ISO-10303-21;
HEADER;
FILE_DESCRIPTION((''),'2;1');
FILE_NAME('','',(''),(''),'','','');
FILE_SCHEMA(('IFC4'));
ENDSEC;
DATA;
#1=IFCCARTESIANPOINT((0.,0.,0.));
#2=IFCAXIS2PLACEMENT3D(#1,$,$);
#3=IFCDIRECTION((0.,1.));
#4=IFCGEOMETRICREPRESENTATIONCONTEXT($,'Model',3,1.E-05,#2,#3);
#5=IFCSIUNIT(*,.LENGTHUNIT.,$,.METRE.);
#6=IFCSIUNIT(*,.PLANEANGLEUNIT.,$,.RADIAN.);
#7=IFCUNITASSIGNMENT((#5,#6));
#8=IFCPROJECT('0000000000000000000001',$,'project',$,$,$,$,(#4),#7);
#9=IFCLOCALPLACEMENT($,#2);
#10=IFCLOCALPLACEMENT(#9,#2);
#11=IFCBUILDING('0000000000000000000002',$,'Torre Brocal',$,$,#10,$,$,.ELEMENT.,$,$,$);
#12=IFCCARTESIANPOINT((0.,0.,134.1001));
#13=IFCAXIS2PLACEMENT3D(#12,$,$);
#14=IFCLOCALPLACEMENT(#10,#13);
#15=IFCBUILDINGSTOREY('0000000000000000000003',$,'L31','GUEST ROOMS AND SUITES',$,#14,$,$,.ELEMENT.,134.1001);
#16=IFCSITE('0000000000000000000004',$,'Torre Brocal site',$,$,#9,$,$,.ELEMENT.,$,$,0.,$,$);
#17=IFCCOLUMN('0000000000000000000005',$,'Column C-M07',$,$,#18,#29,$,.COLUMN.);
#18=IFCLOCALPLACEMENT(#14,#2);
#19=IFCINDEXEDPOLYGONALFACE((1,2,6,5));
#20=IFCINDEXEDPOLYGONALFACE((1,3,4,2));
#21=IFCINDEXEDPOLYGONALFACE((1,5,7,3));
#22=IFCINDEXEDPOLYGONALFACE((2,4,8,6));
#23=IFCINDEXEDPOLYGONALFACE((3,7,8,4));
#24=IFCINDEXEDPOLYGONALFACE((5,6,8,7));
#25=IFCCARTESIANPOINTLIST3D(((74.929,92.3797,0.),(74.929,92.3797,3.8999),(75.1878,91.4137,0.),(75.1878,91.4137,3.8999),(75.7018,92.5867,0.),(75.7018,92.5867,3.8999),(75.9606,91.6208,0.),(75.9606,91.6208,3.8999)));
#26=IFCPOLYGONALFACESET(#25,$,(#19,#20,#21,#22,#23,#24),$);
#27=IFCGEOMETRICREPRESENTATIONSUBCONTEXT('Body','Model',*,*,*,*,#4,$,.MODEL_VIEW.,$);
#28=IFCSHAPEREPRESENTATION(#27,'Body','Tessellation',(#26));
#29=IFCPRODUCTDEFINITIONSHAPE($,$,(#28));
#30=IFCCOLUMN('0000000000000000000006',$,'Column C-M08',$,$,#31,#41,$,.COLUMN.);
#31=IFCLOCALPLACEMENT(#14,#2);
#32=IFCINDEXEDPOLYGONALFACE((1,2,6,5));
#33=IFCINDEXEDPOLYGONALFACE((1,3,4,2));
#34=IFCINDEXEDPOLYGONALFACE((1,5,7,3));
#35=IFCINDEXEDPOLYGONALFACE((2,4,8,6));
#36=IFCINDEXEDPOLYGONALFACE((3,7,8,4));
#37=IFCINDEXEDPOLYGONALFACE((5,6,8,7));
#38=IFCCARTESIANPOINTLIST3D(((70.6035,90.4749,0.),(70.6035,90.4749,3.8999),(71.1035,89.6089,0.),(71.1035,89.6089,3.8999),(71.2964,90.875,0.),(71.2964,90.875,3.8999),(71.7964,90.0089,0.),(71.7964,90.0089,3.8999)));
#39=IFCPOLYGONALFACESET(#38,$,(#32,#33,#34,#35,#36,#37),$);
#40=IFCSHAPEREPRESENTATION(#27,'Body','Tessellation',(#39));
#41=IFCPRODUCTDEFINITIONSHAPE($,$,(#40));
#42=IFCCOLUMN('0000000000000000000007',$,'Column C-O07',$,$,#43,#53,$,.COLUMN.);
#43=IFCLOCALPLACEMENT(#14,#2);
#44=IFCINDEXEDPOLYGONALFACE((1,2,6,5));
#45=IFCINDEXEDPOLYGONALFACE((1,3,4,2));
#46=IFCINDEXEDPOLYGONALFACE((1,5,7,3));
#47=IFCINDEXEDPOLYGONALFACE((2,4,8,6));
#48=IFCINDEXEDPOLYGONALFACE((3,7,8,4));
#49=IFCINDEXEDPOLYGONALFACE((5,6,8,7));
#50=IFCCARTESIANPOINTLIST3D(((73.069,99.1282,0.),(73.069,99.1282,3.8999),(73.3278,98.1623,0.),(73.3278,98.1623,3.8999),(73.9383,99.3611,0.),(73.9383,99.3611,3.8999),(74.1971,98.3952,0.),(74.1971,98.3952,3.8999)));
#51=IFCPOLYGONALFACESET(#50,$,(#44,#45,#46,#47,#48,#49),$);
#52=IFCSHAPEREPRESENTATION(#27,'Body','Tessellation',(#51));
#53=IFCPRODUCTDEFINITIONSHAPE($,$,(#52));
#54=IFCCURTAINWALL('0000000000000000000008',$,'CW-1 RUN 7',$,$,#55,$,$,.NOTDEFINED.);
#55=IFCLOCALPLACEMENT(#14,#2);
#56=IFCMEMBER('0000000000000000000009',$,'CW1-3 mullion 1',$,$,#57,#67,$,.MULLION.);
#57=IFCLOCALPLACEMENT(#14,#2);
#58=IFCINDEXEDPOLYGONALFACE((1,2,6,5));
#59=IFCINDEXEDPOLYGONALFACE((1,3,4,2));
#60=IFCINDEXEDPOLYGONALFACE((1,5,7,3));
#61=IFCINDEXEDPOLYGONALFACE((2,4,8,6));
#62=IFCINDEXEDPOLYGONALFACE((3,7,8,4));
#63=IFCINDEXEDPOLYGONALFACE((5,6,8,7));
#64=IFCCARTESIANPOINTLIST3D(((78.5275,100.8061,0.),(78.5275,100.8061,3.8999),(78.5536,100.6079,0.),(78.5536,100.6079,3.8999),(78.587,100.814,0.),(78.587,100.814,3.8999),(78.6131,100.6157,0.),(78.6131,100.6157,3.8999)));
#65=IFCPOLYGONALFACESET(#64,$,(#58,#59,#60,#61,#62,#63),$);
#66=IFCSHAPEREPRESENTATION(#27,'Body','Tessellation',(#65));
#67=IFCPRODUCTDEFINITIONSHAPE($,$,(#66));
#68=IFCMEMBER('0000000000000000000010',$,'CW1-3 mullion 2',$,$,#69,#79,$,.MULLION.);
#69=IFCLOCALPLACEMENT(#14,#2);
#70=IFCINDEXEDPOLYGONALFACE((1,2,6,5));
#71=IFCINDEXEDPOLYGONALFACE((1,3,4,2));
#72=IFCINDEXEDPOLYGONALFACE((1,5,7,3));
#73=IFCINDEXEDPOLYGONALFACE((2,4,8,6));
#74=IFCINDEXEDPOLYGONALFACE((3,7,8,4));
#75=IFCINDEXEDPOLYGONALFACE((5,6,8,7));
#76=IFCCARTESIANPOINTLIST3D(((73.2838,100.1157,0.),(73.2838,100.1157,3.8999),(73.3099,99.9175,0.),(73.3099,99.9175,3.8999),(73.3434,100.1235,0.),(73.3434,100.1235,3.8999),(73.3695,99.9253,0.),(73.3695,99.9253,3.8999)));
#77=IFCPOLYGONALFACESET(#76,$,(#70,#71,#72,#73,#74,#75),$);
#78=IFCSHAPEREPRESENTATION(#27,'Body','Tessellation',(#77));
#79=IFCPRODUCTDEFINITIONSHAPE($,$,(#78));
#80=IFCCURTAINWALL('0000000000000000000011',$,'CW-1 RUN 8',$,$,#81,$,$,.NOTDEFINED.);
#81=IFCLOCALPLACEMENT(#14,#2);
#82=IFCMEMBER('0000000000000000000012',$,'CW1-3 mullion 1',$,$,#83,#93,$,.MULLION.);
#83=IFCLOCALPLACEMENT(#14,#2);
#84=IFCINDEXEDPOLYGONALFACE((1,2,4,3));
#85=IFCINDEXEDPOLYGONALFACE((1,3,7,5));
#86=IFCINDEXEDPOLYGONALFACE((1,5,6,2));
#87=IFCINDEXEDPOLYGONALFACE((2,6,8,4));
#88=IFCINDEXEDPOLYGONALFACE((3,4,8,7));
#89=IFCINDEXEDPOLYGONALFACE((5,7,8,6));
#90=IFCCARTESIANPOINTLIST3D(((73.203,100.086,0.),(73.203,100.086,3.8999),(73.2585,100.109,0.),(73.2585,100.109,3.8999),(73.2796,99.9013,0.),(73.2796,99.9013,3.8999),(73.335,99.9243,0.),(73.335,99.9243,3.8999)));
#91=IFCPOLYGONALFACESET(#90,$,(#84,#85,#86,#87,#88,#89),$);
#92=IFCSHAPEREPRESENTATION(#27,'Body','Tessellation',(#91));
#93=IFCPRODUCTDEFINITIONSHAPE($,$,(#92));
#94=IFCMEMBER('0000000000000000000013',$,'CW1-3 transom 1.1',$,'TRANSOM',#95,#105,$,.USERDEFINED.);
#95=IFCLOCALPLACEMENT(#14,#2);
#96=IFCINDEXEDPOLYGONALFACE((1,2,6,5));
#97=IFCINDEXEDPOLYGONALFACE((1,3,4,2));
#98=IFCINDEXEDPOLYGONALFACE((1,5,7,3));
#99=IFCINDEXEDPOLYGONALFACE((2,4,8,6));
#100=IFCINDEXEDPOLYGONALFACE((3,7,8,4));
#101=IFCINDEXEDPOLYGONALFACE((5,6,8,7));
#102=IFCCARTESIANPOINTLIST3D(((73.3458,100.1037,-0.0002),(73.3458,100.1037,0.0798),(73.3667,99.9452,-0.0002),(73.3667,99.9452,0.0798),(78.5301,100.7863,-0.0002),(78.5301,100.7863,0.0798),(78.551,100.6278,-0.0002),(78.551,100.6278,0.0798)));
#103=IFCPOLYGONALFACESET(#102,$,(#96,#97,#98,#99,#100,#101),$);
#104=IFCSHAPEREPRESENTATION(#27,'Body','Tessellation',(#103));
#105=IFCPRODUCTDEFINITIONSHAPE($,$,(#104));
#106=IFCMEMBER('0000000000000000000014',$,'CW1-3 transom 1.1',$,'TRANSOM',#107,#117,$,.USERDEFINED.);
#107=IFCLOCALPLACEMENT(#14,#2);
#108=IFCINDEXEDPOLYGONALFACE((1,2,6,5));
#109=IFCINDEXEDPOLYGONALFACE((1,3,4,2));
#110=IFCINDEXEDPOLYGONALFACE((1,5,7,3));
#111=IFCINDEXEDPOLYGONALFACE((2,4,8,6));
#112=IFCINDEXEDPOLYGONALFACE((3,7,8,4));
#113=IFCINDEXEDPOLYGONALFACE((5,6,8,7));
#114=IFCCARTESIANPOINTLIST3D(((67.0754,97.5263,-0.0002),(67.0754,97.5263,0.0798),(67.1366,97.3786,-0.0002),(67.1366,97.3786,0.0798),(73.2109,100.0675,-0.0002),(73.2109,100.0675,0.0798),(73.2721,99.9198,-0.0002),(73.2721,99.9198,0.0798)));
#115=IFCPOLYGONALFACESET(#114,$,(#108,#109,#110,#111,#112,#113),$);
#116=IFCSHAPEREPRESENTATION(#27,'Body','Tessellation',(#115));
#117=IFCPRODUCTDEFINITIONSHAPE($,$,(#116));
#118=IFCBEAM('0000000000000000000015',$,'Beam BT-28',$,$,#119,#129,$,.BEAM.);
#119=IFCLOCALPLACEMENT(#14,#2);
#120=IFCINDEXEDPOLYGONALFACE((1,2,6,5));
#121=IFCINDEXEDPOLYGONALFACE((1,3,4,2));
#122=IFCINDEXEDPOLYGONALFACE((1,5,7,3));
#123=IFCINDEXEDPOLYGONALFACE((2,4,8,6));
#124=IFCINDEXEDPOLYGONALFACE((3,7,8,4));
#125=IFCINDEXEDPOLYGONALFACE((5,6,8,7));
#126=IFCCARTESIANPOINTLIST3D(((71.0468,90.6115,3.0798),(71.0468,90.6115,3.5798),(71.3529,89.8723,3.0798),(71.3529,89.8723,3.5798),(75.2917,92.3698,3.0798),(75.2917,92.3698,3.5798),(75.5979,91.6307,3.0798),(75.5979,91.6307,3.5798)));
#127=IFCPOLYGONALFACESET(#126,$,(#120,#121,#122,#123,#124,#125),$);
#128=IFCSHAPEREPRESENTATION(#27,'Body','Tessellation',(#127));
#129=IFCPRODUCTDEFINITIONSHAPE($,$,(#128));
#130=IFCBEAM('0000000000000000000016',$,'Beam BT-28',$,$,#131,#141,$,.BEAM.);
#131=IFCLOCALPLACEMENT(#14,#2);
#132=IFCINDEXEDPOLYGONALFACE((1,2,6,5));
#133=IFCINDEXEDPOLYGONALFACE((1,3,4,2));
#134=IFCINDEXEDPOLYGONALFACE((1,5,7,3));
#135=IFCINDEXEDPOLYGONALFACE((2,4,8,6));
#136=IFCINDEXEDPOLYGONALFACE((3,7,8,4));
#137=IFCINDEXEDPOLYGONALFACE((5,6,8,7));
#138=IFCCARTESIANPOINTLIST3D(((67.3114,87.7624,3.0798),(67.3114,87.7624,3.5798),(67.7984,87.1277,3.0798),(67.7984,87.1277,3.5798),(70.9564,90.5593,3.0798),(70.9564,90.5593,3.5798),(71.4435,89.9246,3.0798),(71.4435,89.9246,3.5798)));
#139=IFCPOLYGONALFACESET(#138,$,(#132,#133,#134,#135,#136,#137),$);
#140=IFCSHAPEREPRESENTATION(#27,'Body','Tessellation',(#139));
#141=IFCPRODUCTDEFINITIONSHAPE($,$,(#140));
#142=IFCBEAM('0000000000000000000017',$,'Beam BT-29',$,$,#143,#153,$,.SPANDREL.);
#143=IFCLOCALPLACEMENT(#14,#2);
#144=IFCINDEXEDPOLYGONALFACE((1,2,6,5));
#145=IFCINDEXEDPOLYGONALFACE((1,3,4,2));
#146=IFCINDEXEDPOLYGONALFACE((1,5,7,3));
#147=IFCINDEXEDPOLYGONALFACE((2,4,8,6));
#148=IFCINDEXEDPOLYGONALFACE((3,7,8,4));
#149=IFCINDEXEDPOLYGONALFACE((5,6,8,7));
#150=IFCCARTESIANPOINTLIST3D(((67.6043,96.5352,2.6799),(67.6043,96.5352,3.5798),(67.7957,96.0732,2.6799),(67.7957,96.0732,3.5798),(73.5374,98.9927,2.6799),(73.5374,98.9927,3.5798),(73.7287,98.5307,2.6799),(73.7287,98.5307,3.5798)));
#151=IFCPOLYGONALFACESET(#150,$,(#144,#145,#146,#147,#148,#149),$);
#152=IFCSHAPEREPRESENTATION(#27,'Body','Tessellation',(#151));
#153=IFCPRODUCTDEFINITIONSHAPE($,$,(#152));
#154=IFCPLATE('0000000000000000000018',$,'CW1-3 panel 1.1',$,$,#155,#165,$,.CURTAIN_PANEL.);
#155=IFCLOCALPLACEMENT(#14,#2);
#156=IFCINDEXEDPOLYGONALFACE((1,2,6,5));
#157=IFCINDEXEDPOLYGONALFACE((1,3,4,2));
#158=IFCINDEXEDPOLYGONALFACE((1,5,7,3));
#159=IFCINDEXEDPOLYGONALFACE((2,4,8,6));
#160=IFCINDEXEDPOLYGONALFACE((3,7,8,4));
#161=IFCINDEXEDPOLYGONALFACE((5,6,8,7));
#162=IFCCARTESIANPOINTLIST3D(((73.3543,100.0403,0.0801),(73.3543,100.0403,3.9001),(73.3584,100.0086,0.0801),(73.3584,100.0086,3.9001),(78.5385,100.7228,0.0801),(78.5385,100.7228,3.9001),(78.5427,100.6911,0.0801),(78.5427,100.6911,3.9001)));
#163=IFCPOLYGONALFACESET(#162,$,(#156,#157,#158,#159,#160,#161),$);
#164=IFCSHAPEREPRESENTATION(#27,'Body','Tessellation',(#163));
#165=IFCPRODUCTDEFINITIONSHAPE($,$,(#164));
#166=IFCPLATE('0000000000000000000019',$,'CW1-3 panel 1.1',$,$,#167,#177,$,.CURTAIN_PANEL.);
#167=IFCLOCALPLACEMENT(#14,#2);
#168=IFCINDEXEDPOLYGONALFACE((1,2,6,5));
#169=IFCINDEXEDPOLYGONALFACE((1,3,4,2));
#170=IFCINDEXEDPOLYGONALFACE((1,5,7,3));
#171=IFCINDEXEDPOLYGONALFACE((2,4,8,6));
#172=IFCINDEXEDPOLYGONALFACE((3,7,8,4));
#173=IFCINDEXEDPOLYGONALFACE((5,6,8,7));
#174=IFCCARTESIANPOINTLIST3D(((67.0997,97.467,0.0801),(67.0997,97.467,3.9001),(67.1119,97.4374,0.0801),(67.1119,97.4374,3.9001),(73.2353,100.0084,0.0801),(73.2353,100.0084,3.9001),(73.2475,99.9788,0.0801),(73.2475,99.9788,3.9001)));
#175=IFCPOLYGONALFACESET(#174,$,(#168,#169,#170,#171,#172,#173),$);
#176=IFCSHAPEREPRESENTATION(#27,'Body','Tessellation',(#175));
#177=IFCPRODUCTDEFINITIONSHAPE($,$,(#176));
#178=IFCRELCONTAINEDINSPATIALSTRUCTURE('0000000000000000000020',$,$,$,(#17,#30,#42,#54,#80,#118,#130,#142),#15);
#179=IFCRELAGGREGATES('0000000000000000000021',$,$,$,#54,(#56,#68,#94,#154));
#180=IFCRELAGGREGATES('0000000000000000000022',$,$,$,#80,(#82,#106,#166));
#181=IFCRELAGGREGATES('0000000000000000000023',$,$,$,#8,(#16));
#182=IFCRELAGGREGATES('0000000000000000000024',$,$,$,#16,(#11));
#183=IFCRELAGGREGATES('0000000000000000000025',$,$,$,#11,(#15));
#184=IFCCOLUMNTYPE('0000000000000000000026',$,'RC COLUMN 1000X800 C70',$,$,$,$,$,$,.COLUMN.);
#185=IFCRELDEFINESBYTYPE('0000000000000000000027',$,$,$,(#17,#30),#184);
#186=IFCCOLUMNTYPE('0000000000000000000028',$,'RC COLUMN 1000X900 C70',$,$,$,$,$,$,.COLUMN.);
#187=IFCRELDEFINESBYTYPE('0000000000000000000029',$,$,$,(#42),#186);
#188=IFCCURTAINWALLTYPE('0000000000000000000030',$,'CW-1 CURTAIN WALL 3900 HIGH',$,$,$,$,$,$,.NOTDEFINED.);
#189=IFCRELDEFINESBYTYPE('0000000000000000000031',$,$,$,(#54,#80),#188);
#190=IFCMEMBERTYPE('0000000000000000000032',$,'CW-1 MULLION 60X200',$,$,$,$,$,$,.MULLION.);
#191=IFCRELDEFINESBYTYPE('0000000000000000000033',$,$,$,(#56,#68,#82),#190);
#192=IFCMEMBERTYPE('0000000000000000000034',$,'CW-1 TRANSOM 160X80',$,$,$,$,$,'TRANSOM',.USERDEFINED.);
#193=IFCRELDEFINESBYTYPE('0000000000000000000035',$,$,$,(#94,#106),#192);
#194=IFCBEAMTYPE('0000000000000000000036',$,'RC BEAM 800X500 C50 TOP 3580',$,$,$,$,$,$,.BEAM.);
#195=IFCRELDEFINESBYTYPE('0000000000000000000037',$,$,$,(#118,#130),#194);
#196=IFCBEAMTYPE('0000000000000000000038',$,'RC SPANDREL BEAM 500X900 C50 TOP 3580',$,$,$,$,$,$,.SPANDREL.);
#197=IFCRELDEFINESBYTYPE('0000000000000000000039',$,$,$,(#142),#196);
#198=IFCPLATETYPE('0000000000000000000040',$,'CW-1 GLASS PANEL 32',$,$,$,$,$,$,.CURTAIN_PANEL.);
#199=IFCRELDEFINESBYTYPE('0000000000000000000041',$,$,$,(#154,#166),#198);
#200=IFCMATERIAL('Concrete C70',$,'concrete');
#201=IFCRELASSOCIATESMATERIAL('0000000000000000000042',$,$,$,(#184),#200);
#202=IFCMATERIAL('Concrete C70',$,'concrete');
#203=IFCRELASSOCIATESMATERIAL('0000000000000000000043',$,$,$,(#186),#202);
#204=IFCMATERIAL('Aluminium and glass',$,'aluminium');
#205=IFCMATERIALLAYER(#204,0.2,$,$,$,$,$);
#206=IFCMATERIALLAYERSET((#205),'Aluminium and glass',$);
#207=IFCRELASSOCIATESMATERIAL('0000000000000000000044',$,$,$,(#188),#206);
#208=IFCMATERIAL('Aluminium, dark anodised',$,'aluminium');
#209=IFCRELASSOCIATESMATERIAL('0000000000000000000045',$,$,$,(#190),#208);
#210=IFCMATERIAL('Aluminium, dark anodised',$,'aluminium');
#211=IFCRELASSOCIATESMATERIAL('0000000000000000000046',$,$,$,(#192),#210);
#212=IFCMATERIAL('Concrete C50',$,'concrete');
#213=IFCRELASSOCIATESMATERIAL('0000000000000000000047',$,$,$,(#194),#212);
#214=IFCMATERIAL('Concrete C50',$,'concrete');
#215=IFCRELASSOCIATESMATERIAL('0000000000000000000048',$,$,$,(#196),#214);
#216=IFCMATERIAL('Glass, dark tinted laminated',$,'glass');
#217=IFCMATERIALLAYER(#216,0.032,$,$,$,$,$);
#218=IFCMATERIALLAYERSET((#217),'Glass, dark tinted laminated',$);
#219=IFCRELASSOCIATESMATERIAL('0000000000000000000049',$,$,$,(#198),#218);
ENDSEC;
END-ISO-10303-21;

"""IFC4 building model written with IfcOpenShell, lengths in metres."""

from ifc_helpers import new_model, si_unit, direction, frame, origin, origin_2d, place, context, subcontext, project, spatial, rectangle, extrude, material, layer, layer_set, material_profile, profile_set, type_object, element, aggregate, save


model = new_model("IFC4")

# Units and contexts
model_context = context("Model", 3, precision=1e-05, world=origin(), true_north=direction((0.0, 1.0)))
body_context = subcontext(model_context, "Body", "Model", "MODEL_VIEW")
ifc_project = project(units=[si_unit("LENGTHUNIT", "METRE"), si_unit("PLANEANGLEUNIT", "RADIAN")], contexts=[model_context])

# Site, building, storey
site_placement = place(None, origin())
site = spatial("IfcSite", under=ifc_project, at=site_placement, Name="Torre Brocal site", CompositionType="ELEMENT", RefElevation=0.0)
building_placement = place(site_placement, origin())
building = spatial("IfcBuilding", under=site, at=building_placement, Name="Torre Brocal", CompositionType="ELEMENT")
storey_placement = place(building_placement, frame((0.0, 0.0, 134.1001)))
storey = spatial("IfcBuildingStorey", under=building, at=storey_placement, Name="L31", Description="GUEST ROOMS AND SUITES", CompositionType="ELEMENT", Elevation=134.1001)

# Columns
ifc_material_1 = material(Name="Concrete C70", Category="concrete")
ifc_material_profile_1 = material_profile(ifc_material_1, rectangle(XDim=1.0, YDim=0.8, at=origin_2d()), Name="RC 1000X800")
ifc_profile_set_1 = profile_set([ifc_material_profile_1], Name="Concrete C70")
column_type_1 = type_object("IfcColumnType", Name="RC COLUMN 1000X800 C70", PredefinedType="COLUMN", material=ifc_profile_set_1)
for number, where, z_axis, x_axis, name in (
    (1, (75.4448, 92.0002, 0.0), (0.0, 0.0, 1.0), (-0.258819, 0.965926, 0.0), "Column C-M07"),
    (2, (71.2, 90.2419, 0.0), (0.0, 0.0, 1.0), (-0.5, 0.866025, 0.0), "Column C-M08"),
):
    element("IfcColumn", number, at=place(storey_placement, frame(where, z_axis=z_axis, x_axis=x_axis)), inside=storey, type_object=column_type_1, Name=name, PredefinedType="COLUMN", context=body_context, shape_type="SweptSolid", body=[
        extrude(rectangle(XDim=1.0, YDim=0.8, at=origin_2d()), origin(), (0.0, 0.0, 1.0), 3.8999),
    ])
ifc_material_2 = material(Name="Concrete C70", Category="concrete")
ifc_material_profile_2 = material_profile(ifc_material_2, rectangle(XDim=1.0, YDim=0.8999, at=origin_2d()), Name="RC 1000X900")
ifc_profile_set_2 = profile_set([ifc_material_profile_2], Name="Concrete C70")
column_type_2 = type_object("IfcColumnType", Name="RC COLUMN 1000X900 C70", PredefinedType="COLUMN", material=ifc_profile_set_2)
column_placement = place(storey_placement, frame((73.6331, 98.7617, 0.0), z_axis=(0.0, 0.0, 1.0), x_axis=(-0.258819, 0.965926, 0.0)))
element("IfcColumn", 3, at=column_placement, inside=storey, type_object=column_type_2, Name="Column C-O07", PredefinedType="COLUMN", context=body_context, shape_type="SweptSolid", body=[
    extrude(rectangle(XDim=1.0, YDim=0.8999, at=origin_2d()), origin(), (0.0, 0.0, 1.0), 3.8999),
])

# Curtain wall, members
ifc_material_3 = material(Name="Aluminium and glass", Category="aluminium")
ifc_layer_1 = layer(ifc_material_3, 0.2)
ifc_layer_set_1 = layer_set([ifc_layer_1], Name="Aluminium and glass")
curtain_wall_type = type_object("IfcCurtainWallType", Name="CW-1 CURTAIN WALL 3900 HIGH", PredefinedType="NOTDEFINED", material=ifc_layer_set_1)
curtain_wall_1_placement = place(storey_placement, origin())
curtain_wall_1 = element("IfcCurtainWall", 4, at=curtain_wall_1_placement, inside=storey, type_object=curtain_wall_type, Name="CW-1 RUN 7", PredefinedType="NOTDEFINED")
ifc_material_4 = material(Name="Aluminium, dark anodised", Category="aluminium")
ifc_material_profile_3 = material_profile(ifc_material_4, rectangle(XDim=0.2, YDim=0.0601, at=origin_2d()), Name="CW-1 MULLION 60X200")
ifc_profile_set_3 = profile_set([ifc_material_profile_3], Name="Aluminium, dark anodised")
member_type_1 = type_object("IfcMemberType", Name="CW-1 MULLION 60X200", PredefinedType="MULLION", material=ifc_profile_set_3)
member_1_placement = place(storey_placement, frame((78.5703, 100.7109, 0.0), z_axis=(0.0, 0.0, 1.0), x_axis=(0.130526, -0.991445, 0.0)))
member_1 = element("IfcMember", 5, at=member_1_placement, type_object=member_type_1, Name="CW1-3 mullion 1", PredefinedType="MULLION", context=body_context, shape_type="SweptSolid", body=[
    extrude(rectangle(XDim=0.2, YDim=0.0601, at=origin_2d()), origin(), (0.0, 0.0, 1.0), 3.8999),
])
member_2_placement = place(storey_placement, frame((73.3267, 100.0205, 0.0), z_axis=(0.0, 0.0, 1.0), x_axis=(0.130526, -0.991445, 0.0)))
member_2 = element("IfcMember", 6, at=member_2_placement, type_object=member_type_1, Name="CW1-3 mullion 2", PredefinedType="MULLION", context=body_context, shape_type="SweptSolid", body=[
    extrude(rectangle(XDim=0.2, YDim=0.0601, at=origin_2d()), origin(), (0.0, 0.0, 1.0), 3.8999),
])

# Curtain wall, member
curtain_wall_2_placement = place(storey_placement, origin())
curtain_wall_2 = element("IfcCurtainWall", 7, at=curtain_wall_2_placement, inside=storey, type_object=curtain_wall_type, Name="CW-1 RUN 8", PredefinedType="NOTDEFINED")
member_3_placement = place(storey_placement, frame((73.269, 100.0051, 0.0), z_axis=(0.0, 0.0, 1.0), x_axis=(0.382683, -0.92388, 0.0)))
member_3 = element("IfcMember", 8, at=member_3_placement, type_object=member_type_1, Name="CW1-3 mullion 1", PredefinedType="MULLION", context=body_context, shape_type="SweptSolid", body=[
    extrude(rectangle(XDim=0.2, YDim=0.0601, at=origin_2d()), origin(), (0.0, 0.0, 1.0), 3.8999),
])

# Members
ifc_material_5 = material(Name="Aluminium, dark anodised", Category="aluminium")
ifc_material_profile_4 = material_profile(ifc_material_5, rectangle(XDim=0.1599, YDim=0.0801, at=origin_2d()), Name="CW-1 TRANSOM 160X80")
ifc_profile_set_4 = profile_set([ifc_material_profile_4], Name="Aluminium, dark anodised")
member_type_2 = type_object("IfcMemberType", Name="CW-1 TRANSOM 160X80", ElementType="TRANSOM", PredefinedType="USERDEFINED", material=ifc_profile_set_4)
member_4_placement = place(storey_placement, frame((78.5405, 100.707, 0.0398), z_axis=(-0.991443, -0.130543, 0.0), x_axis=(0.130543, -0.991443, 0.0)))
member_4 = element("IfcMember", 9, at=member_4_placement, type_object=member_type_2, Name="CW1-3 transom 1.1", ObjectType="TRANSOM", PredefinedType="USERDEFINED", context=body_context, shape_type="SweptSolid", body=[
    extrude(rectangle(XDim=0.1599, YDim=0.0801, at=origin_2d()), origin(), (0.0, 0.0, 1.0), 5.229),
])
member_5_placement = place(storey_placement, frame((73.2415, 99.9937, 0.0398), z_axis=(-0.923887, -0.382665, 0.0), x_axis=(0.382665, -0.923887, 0.0)))
member_5 = element("IfcMember", 10, at=member_5_placement, type_object=member_type_2, Name="CW1-3 transom 1.1", ObjectType="TRANSOM", PredefinedType="USERDEFINED", context=body_context, shape_type="SweptSolid", body=[
    extrude(rectangle(XDim=0.1599, YDim=0.0801, at=origin_2d()), origin(), (0.0, 0.0, 1.0), 6.6409),
])

# Beams
ifc_material_6 = material(Name="Concrete C50", Category="concrete")
ifc_material_profile_5 = material_profile(ifc_material_6, rectangle(XDim=0.8, YDim=0.5, at=origin_2d()), Name="RC 800X500")
ifc_profile_set_5 = profile_set([ifc_material_profile_5], Name="Concrete C50")
beam_type_1 = type_object("IfcBeamType", Name="RC BEAM 800X500 C50 TOP 3580", PredefinedType="BEAM", material=ifc_profile_set_5)
beam_1_placement = place(storey_placement, frame((75.4448, 92.0002, 3.3298), z_axis=(-0.923878, -0.382687, 0.0), x_axis=(0.382687, -0.923878, 0.0)))
element("IfcBeam", 11, at=beam_1_placement, inside=storey, type_object=beam_type_1, Name="Beam BT-28", PredefinedType="BEAM", context=body_context, shape_type="SweptSolid", body=[
    extrude(rectangle(XDim=0.8, YDim=0.5, at=origin_2d()), origin(), (0.0, 0.0, 1.0), 4.5947),
])
beam_2_placement = place(storey_placement, frame((71.2, 90.2419, 3.3298), z_axis=(-0.793358, -0.608755, 0.0), x_axis=(0.608755, -0.793358, 0.0)))
element("IfcBeam", 12, at=beam_2_placement, inside=storey, type_object=beam_type_1, Name="Beam BT-28", PredefinedType="BEAM", context=body_context, shape_type="SweptSolid", body=[
    extrude(rectangle(XDim=0.8, YDim=0.5, at=origin_2d()), origin(), (0.0, 0.0, 1.0), 4.5945),
])
ifc_material_7 = material(Name="Concrete C50", Category="concrete")
ifc_material_profile_6 = material_profile(ifc_material_7, rectangle(XDim=0.5, YDim=0.8999, at=origin_2d()), Name="RC 500X900")
ifc_profile_set_6 = profile_set([ifc_material_profile_6], Name="Concrete C50")
beam_type_2 = type_object("IfcBeamType", Name="RC SPANDREL BEAM 500X900 C50 TOP 3580", PredefinedType="SPANDREL", material=ifc_profile_set_6)
beam_3_placement = place(storey_placement, frame((73.6331, 98.7617, 3.1299), z_axis=(-0.923882, -0.382676, 0.0), x_axis=(0.382676, -0.923882, 0.0)))
element("IfcBeam", 13, at=beam_3_placement, inside=storey, type_object=beam_type_2, Name="Beam BT-29", PredefinedType="SPANDREL", context=body_context, shape_type="SweptSolid", body=[
    extrude(rectangle(XDim=0.5, YDim=0.8999, at=origin_2d()), origin(), (0.0, 0.0, 1.0), 6.4219),
])

# Plates
ifc_material_8 = material(Name="Glass, dark tinted laminated", Category="glass")
ifc_layer_2 = layer(ifc_material_8, 0.032)
ifc_layer_set_2 = layer_set([ifc_layer_2], Name="Glass, dark tinted laminated")
plate_type = type_object("IfcPlateType", Name="CW-1 GLASS PANEL 32", PredefinedType="CURTAIN_PANEL", material=ifc_layer_set_2)
plate_1_placement = place(storey_placement, frame((75.9485, 100.3657, 0.0801), z_axis=(0.0, 0.0, 1.0), x_axis=(-0.991445, -0.130526, 0.0)))
plate_1 = element("IfcPlate", 14, at=plate_1_placement, type_object=plate_type, Name="CW1-3 panel 1.1", PredefinedType="CURTAIN_PANEL", context=body_context, shape_type="SweptSolid", body=[
    extrude(rectangle(XDim=5.229, YDim=0.032, at=origin_2d()), origin(), (0.0, 0.0, 1.0), 3.8201),
])
aggregate(curtain_wall_1, [member_1, member_2, member_4, plate_1])
plate_2_placement = place(storey_placement, frame((70.1736, 98.7229, 0.0801), z_axis=(0.0, 0.0, 1.0), x_axis=(-0.92388, -0.382683, 0.0)))
plate_2 = element("IfcPlate", 15, at=plate_2_placement, type_object=plate_type, Name="CW1-3 panel 1.1", PredefinedType="CURTAIN_PANEL", context=body_context, shape_type="SweptSolid", body=[
    extrude(rectangle(XDim=6.6411, YDim=0.032, at=origin_2d()), origin(), (0.0, 0.0, 1.0), 3.8201),
])
aggregate(curtain_wall_2, [member_3, member_5, plate_2])

save(model, "model.ifc")
